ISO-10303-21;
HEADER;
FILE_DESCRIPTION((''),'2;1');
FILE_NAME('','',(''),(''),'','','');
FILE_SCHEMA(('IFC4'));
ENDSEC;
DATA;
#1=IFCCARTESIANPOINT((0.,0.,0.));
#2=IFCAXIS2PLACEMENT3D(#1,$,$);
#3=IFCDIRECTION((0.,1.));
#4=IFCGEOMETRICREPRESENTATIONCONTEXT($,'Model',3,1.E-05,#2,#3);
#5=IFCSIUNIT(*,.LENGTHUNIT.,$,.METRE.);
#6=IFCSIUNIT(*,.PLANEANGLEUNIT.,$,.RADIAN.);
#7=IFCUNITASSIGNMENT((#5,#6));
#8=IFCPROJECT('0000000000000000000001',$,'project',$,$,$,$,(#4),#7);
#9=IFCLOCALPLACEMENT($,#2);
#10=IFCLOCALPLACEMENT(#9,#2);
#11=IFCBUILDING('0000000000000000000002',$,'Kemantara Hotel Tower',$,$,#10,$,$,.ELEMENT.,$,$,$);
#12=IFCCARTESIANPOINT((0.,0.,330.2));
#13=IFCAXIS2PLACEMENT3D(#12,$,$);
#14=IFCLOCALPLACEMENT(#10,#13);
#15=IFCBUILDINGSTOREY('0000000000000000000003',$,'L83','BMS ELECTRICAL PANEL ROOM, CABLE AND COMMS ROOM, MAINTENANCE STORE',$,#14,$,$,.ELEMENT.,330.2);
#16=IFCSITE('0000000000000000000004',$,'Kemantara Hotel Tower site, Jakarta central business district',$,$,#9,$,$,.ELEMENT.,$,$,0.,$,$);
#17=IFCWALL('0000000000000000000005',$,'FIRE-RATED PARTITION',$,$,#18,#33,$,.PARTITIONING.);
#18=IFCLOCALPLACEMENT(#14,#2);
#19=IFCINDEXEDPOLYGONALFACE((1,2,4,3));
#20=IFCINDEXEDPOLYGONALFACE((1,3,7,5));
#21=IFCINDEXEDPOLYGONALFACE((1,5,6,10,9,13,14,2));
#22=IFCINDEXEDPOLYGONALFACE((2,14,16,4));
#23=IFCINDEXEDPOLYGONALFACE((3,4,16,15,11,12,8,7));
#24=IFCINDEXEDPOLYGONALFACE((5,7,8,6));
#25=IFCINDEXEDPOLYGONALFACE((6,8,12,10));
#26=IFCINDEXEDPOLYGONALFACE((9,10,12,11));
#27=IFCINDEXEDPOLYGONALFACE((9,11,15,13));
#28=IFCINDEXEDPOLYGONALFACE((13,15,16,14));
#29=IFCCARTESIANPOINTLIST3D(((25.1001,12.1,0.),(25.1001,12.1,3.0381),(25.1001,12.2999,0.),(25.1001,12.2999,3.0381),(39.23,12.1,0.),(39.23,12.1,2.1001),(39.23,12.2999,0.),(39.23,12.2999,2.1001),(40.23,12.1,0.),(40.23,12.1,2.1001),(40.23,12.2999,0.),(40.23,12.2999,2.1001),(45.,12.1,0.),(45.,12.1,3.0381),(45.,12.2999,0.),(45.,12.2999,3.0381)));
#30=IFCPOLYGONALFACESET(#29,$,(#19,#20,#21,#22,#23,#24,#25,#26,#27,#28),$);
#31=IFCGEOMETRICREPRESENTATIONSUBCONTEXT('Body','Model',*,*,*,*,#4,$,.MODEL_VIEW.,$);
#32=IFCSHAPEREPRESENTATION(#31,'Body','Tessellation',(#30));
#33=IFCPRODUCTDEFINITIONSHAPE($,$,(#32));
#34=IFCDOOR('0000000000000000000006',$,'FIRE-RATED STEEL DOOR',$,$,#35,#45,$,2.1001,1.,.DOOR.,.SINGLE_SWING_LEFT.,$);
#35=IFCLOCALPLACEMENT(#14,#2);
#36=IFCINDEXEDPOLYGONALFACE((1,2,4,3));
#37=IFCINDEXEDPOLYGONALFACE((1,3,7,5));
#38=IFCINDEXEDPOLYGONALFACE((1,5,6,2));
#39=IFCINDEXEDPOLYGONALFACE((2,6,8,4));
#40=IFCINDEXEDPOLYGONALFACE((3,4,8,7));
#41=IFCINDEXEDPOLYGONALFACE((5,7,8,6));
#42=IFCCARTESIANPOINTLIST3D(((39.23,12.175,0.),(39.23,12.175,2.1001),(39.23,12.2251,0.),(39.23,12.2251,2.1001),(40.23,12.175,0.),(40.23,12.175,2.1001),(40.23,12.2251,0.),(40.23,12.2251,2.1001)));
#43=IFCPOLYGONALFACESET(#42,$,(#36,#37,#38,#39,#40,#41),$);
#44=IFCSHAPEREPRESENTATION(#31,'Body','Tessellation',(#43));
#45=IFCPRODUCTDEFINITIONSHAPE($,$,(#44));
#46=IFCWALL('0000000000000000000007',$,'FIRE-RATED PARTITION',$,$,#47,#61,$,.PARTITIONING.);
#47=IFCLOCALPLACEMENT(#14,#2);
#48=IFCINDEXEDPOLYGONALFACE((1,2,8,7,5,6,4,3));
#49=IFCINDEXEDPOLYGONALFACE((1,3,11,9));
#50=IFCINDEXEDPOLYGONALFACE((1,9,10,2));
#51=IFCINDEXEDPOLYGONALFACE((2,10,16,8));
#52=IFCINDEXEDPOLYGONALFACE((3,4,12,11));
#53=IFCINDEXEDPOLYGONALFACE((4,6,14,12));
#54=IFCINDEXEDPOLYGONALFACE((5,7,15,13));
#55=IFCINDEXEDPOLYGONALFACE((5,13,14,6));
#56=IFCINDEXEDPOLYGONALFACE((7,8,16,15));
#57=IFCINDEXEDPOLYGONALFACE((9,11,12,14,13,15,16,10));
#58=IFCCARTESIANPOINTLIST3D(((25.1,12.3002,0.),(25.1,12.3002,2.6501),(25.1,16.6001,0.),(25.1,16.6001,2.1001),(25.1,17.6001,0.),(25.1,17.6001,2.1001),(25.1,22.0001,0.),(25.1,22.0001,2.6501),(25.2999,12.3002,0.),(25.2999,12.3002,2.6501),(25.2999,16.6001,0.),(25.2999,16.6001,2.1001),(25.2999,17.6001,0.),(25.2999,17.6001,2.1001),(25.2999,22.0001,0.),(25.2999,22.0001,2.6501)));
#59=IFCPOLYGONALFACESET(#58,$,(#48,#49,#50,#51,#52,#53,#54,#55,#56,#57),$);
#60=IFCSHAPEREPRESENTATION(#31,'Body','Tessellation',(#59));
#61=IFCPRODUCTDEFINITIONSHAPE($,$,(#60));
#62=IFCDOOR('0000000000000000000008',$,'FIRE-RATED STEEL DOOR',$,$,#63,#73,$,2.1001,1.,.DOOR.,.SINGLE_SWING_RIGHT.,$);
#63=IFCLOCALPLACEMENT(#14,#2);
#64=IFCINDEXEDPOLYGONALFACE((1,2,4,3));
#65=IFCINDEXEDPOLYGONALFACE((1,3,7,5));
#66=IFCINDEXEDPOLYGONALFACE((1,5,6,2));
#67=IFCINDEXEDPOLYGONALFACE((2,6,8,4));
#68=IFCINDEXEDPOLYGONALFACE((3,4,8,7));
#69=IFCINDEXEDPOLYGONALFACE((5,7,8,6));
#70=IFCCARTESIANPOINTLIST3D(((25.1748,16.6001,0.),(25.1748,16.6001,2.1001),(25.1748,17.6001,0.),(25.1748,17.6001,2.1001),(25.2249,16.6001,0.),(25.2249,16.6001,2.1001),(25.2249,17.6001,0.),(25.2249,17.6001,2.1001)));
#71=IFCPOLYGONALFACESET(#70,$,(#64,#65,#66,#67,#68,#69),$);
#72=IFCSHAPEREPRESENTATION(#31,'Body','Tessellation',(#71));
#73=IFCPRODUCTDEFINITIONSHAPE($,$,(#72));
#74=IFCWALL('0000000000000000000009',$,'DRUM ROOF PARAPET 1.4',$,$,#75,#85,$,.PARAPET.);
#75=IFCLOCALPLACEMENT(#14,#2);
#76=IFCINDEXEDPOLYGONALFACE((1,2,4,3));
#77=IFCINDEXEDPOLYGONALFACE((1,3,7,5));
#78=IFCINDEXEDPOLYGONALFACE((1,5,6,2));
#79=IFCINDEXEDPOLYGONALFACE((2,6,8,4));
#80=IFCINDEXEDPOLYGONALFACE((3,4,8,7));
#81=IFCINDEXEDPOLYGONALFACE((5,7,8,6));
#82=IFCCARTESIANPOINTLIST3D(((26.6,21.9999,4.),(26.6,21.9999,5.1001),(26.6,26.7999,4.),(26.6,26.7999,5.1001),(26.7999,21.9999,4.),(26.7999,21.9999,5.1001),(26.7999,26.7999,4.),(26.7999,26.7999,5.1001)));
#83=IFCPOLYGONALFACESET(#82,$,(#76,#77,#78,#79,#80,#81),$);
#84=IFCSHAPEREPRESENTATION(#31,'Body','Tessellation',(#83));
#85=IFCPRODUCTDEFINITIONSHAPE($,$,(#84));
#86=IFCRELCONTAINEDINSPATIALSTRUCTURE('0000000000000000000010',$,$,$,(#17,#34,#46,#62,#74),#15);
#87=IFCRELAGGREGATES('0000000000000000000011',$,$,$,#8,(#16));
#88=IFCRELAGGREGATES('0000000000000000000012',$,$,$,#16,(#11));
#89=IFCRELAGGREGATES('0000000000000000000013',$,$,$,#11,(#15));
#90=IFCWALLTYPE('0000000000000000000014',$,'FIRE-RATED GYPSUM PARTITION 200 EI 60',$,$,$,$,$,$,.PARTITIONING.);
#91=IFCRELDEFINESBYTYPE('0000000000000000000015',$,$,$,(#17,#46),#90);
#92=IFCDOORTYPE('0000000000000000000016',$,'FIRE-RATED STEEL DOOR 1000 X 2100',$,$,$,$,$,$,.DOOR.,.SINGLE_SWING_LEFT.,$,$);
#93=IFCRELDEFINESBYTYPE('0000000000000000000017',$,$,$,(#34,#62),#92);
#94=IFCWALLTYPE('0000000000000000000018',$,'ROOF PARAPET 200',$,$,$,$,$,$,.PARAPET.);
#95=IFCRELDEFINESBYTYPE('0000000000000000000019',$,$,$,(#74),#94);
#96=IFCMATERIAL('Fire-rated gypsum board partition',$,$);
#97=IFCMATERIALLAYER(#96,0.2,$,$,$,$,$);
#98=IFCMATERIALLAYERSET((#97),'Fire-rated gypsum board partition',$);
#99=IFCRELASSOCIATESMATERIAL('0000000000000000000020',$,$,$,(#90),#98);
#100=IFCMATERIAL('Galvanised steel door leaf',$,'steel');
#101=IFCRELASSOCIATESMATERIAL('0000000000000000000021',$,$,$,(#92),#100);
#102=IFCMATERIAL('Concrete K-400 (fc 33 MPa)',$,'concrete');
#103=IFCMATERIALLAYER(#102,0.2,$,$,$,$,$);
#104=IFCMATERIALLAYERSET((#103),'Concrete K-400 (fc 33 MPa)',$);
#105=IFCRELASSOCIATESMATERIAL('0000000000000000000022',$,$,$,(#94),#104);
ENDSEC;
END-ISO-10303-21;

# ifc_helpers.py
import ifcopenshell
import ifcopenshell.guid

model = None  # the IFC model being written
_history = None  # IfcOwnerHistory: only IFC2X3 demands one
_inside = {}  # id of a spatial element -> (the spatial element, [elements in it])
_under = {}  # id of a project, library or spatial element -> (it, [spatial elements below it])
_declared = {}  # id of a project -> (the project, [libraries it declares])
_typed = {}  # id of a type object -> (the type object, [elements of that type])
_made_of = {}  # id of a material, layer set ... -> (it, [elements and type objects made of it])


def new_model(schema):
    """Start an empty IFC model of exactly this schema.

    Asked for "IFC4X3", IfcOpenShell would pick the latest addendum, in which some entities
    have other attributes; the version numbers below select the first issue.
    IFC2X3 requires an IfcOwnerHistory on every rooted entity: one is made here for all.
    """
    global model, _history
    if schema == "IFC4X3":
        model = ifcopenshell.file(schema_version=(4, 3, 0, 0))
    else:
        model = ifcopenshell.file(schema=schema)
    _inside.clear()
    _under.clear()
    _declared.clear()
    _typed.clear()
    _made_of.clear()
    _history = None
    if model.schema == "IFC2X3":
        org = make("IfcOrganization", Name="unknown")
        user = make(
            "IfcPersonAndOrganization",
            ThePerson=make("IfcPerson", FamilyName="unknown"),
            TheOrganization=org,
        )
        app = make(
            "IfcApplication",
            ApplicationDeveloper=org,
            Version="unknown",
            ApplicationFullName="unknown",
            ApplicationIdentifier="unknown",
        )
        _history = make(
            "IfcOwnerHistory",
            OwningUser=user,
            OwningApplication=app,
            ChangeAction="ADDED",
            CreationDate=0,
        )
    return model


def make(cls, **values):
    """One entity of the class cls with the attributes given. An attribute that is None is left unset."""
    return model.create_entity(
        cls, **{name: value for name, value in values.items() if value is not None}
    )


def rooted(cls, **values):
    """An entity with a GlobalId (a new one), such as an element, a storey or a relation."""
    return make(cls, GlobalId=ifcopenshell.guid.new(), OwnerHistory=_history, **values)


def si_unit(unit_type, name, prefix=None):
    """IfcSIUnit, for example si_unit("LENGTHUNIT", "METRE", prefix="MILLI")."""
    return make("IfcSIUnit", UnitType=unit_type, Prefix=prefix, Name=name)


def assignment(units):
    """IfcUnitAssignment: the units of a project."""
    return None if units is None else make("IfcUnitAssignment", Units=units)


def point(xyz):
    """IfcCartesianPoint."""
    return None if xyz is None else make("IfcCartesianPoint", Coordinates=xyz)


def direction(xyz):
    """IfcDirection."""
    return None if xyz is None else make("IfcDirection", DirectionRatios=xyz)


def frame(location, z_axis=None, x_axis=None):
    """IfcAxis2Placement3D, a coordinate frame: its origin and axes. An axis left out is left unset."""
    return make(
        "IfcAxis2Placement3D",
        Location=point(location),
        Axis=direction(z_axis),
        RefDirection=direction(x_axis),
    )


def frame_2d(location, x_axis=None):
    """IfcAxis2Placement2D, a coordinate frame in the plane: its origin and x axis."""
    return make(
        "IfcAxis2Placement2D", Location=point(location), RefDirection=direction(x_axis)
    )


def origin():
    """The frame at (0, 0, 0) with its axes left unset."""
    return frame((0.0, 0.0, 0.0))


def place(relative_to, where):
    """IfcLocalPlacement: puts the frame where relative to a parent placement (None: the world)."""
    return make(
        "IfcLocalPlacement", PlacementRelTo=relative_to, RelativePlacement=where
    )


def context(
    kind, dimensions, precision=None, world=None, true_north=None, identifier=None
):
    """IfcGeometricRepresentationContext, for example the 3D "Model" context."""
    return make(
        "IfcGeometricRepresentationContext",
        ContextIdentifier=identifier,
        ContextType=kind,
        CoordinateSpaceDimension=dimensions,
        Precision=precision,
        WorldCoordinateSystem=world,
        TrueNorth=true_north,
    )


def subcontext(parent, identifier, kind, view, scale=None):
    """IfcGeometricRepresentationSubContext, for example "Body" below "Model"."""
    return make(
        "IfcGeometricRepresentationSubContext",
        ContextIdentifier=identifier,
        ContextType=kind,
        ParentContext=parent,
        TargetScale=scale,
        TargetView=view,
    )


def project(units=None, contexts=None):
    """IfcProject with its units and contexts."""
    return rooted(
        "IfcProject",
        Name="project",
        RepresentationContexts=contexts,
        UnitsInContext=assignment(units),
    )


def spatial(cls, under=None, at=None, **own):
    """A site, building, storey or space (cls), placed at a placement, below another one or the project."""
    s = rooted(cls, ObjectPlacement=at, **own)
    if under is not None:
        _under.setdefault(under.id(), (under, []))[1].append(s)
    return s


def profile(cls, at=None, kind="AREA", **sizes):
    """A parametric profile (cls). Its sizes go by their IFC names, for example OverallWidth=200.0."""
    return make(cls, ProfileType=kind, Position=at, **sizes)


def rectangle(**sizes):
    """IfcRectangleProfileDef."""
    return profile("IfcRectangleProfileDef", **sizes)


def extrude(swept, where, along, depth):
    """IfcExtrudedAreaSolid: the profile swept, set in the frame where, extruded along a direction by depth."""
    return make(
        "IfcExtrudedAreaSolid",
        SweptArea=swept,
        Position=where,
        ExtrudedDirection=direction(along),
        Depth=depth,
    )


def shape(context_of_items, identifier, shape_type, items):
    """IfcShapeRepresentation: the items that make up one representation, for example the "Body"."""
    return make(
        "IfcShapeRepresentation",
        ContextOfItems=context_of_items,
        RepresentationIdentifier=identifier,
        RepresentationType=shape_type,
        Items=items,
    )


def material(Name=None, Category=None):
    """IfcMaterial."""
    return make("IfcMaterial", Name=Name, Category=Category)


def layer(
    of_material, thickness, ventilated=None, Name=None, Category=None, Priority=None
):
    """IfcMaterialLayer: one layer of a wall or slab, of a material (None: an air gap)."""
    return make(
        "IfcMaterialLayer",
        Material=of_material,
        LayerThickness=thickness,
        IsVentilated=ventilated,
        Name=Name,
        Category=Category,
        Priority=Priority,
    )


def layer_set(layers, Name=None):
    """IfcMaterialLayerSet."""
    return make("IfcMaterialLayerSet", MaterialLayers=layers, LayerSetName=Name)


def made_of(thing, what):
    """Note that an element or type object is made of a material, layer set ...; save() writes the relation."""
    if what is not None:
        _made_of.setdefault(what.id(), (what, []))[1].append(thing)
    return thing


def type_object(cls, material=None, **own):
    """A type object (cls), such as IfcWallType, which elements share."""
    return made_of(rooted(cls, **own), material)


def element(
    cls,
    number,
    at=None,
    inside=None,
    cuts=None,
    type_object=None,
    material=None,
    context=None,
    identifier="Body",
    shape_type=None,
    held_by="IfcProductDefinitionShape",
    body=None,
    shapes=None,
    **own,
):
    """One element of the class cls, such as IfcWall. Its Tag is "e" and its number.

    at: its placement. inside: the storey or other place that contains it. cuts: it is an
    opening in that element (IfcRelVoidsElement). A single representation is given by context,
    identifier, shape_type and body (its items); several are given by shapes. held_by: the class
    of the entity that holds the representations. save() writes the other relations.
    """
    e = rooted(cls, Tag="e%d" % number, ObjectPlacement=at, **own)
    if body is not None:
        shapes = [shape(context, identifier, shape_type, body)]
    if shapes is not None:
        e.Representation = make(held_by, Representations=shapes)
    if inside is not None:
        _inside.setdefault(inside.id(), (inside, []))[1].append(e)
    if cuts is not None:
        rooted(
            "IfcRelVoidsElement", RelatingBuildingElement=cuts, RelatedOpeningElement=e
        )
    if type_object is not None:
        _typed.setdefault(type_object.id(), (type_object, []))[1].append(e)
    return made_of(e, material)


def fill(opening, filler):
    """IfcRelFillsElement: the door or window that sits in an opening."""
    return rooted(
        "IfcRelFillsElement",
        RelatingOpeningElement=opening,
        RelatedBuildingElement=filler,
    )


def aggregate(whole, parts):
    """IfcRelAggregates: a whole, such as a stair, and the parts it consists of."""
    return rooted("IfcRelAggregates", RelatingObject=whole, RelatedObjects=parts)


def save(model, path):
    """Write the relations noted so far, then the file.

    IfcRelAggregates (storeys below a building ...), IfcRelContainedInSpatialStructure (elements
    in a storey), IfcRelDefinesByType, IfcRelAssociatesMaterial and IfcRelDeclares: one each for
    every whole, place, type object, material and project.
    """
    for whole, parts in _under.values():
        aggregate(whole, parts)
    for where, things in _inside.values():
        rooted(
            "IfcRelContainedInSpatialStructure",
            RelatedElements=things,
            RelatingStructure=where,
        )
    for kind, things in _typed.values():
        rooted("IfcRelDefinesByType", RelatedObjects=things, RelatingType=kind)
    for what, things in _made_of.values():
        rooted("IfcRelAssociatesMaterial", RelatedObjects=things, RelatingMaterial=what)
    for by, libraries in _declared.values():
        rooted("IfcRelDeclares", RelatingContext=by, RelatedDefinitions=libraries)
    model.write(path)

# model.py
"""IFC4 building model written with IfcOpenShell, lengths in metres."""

from ifc_helpers import new_model, si_unit, direction, frame, frame_2d, origin, place, context, subcontext, project, spatial, rectangle, extrude, material, layer, layer_set, type_object, element, fill, save


model = new_model("IFC4")

# Units and contexts
model_context = context("Model", 3, precision=1e-05, world=origin(), true_north=direction((0.0, 1.0)))
body_context = subcontext(model_context, "Body", "Model", "MODEL_VIEW")
ifc_project = project(units=[si_unit("LENGTHUNIT", "METRE"), si_unit("PLANEANGLEUNIT", "RADIAN")], contexts=[model_context])

# Site, building, storey
site_placement = place(None, origin())
site = spatial("IfcSite", under=ifc_project, at=site_placement, Name="Kemantara Hotel Tower site, Jakarta central business district", CompositionType="ELEMENT", RefElevation=0.0)
building_placement = place(site_placement, origin())
building = spatial("IfcBuilding", under=site, at=building_placement, Name="Kemantara Hotel Tower", CompositionType="ELEMENT")
storey_placement = place(building_placement, frame((0.0, 0.0, 330.2)))
storey = spatial("IfcBuildingStorey", under=building, at=storey_placement, Name="L83", Description="BMS ELECTRICAL PANEL ROOM, CABLE AND COMMS ROOM, MAINTENANCE STORE", CompositionType="ELEMENT", Elevation=330.2)

# Walls, openings, doors
ifc_material_1 = material(Name="Fire-rated gypsum board partition")
ifc_layer_1 = layer(ifc_material_1, 0.2)
ifc_layer_set_1 = layer_set([ifc_layer_1], Name="Fire-rated gypsum board partition")
wall_type_1 = type_object("IfcWallType", Name="FIRE-RATED GYPSUM PARTITION 200 EI 60", PredefinedType="PARTITIONING", material=ifc_layer_set_1)
wall_1_placement = place(storey_placement, frame((25.1001, 12.2, 0.0), z_axis=(0.0, 0.0, 1.0), x_axis=(1.0, 0.0, 0.0)))
wall_1 = element("IfcWall", 1, at=wall_1_placement, inside=storey, type_object=wall_type_1, Name="FIRE-RATED PARTITION", PredefinedType="PARTITIONING", context=body_context, shape_type="SweptSolid", body=[
    extrude(rectangle(XDim=19.8999, YDim=0.2, at=frame_2d((9.95, 0.0))), origin(), (0.0, 0.0, 1.0), 3.0381),
])
opening_1_placement = place(wall_1_placement, frame((14.1299, 0.0, 0.0)))
opening_1 = element("IfcOpeningElement", 2, at=opening_1_placement, cuts=wall_1, PredefinedType="OPENING", context=body_context, shape_type="SweptSolid", body=[
    extrude(rectangle(XDim=1.0, YDim=2.1001, at=frame_2d((0.5, 1.05))), frame((0.0, 0.1099, 0.0), z_axis=(0.0, -1.0, 0.0), x_axis=(1.0, 0.0, 0.0)), (0.0, 0.0, 1.0), 0.22),
])
ifc_material_2 = material(Name="Galvanised steel door leaf", Category="steel")
door_type = type_object("IfcDoorType", Name="FIRE-RATED STEEL DOOR 1000 X 2100", OperationType="SINGLE_SWING_LEFT", PredefinedType="DOOR", material=ifc_material_2)
door_1_placement = place(opening_1_placement, frame((1.0, 0.0, 0.0), z_axis=(0.0, 0.0, 1.0), x_axis=(-1.0, 0.0, 0.0)))
door_1 = element("IfcDoor", 3, at=door_1_placement, inside=storey, type_object=door_type, Name="FIRE-RATED STEEL DOOR", OperationType="SINGLE_SWING_LEFT", OverallHeight=2.1001, OverallWidth=1.0, PredefinedType="DOOR", context=body_context, shape_type="SweptSolid", body=[
    extrude(rectangle(XDim=1.0, YDim=2.1001, at=frame_2d((0.5, 1.05))), frame((0.0, 0.0249, 0.0), z_axis=(0.0, -1.0, 0.0), x_axis=(1.0, 0.0, 0.0)), (0.0, 0.0, 1.0), 0.05),
])
fill(opening_1, door_1)
wall_2_placement = place(storey_placement, frame((25.2, 12.3, 0.0), z_axis=(0.0, 0.0, 1.0), x_axis=(0.0, 1.0, 0.0)))
wall_2 = element("IfcWall", 4, at=wall_2_placement, inside=storey, type_object=wall_type_1, Name="FIRE-RATED PARTITION", PredefinedType="PARTITIONING", context=body_context, shape_type="SweptSolid", body=[
    extrude(rectangle(XDim=9.7, YDim=0.2, at=frame_2d((4.8501, 0.0))), origin(), (0.0, 0.0, 1.0), 2.6501),
])
opening_2_placement = place(wall_2_placement, frame((4.3, 0.0, 0.0)))
opening_2 = element("IfcOpeningElement", 5, at=opening_2_placement, cuts=wall_2, PredefinedType="OPENING", context=body_context, shape_type="SweptSolid", body=[
    extrude(rectangle(XDim=1.0, YDim=2.1001, at=frame_2d((0.5, 1.05))), frame((0.0, 0.1099, 0.0), z_axis=(0.0, -1.0, 0.0), x_axis=(1.0, 0.0, 0.0)), (0.0, 0.0, 1.0), 0.22),
])
door_2_placement = place(opening_2_placement, frame((1.0, 0.0, 0.0), z_axis=(0.0, 0.0, 1.0), x_axis=(-1.0, 0.0, 0.0)))
door_2 = element("IfcDoor", 6, at=door_2_placement, inside=storey, type_object=door_type, Name="FIRE-RATED STEEL DOOR", OperationType="SINGLE_SWING_RIGHT", OverallHeight=2.1001, OverallWidth=1.0, PredefinedType="DOOR", context=body_context, shape_type="SweptSolid", body=[
    extrude(rectangle(XDim=1.0, YDim=2.1001, at=frame_2d((0.5, 1.05))), frame((0.0, 0.0249, 0.0), z_axis=(0.0, -1.0, 0.0), x_axis=(1.0, 0.0, 0.0)), (0.0, 0.0, 1.0), 0.05),
])
fill(opening_2, door_2)

# Wall
ifc_material_3 = material(Name="Concrete K-400 (fc 33 MPa)", Category="concrete")
ifc_layer_2 = layer(ifc_material_3, 0.2)
ifc_layer_set_2 = layer_set([ifc_layer_2], Name="Concrete K-400 (fc 33 MPa)")
wall_type_2 = type_object("IfcWallType", Name="ROOF PARAPET 200", PredefinedType="PARAPET", material=ifc_layer_set_2)
wall_3_placement = place(storey_placement, frame((26.7, 22.0, 4.0), z_axis=(0.0, 0.0, 1.0), x_axis=(0.0, 1.0, 0.0)))
element("IfcWall", 7, at=wall_3_placement, inside=storey, type_object=wall_type_2, Name="DRUM ROOF PARAPET 1.4", PredefinedType="PARAPET", context=body_context, shape_type="SweptSolid", body=[
    extrude(rectangle(XDim=4.8, YDim=0.2, at=frame_2d((2.3999, 0.0))), origin(), (0.0, 0.0, 1.0), 1.1001),
])

save(model, "model.ifc")
